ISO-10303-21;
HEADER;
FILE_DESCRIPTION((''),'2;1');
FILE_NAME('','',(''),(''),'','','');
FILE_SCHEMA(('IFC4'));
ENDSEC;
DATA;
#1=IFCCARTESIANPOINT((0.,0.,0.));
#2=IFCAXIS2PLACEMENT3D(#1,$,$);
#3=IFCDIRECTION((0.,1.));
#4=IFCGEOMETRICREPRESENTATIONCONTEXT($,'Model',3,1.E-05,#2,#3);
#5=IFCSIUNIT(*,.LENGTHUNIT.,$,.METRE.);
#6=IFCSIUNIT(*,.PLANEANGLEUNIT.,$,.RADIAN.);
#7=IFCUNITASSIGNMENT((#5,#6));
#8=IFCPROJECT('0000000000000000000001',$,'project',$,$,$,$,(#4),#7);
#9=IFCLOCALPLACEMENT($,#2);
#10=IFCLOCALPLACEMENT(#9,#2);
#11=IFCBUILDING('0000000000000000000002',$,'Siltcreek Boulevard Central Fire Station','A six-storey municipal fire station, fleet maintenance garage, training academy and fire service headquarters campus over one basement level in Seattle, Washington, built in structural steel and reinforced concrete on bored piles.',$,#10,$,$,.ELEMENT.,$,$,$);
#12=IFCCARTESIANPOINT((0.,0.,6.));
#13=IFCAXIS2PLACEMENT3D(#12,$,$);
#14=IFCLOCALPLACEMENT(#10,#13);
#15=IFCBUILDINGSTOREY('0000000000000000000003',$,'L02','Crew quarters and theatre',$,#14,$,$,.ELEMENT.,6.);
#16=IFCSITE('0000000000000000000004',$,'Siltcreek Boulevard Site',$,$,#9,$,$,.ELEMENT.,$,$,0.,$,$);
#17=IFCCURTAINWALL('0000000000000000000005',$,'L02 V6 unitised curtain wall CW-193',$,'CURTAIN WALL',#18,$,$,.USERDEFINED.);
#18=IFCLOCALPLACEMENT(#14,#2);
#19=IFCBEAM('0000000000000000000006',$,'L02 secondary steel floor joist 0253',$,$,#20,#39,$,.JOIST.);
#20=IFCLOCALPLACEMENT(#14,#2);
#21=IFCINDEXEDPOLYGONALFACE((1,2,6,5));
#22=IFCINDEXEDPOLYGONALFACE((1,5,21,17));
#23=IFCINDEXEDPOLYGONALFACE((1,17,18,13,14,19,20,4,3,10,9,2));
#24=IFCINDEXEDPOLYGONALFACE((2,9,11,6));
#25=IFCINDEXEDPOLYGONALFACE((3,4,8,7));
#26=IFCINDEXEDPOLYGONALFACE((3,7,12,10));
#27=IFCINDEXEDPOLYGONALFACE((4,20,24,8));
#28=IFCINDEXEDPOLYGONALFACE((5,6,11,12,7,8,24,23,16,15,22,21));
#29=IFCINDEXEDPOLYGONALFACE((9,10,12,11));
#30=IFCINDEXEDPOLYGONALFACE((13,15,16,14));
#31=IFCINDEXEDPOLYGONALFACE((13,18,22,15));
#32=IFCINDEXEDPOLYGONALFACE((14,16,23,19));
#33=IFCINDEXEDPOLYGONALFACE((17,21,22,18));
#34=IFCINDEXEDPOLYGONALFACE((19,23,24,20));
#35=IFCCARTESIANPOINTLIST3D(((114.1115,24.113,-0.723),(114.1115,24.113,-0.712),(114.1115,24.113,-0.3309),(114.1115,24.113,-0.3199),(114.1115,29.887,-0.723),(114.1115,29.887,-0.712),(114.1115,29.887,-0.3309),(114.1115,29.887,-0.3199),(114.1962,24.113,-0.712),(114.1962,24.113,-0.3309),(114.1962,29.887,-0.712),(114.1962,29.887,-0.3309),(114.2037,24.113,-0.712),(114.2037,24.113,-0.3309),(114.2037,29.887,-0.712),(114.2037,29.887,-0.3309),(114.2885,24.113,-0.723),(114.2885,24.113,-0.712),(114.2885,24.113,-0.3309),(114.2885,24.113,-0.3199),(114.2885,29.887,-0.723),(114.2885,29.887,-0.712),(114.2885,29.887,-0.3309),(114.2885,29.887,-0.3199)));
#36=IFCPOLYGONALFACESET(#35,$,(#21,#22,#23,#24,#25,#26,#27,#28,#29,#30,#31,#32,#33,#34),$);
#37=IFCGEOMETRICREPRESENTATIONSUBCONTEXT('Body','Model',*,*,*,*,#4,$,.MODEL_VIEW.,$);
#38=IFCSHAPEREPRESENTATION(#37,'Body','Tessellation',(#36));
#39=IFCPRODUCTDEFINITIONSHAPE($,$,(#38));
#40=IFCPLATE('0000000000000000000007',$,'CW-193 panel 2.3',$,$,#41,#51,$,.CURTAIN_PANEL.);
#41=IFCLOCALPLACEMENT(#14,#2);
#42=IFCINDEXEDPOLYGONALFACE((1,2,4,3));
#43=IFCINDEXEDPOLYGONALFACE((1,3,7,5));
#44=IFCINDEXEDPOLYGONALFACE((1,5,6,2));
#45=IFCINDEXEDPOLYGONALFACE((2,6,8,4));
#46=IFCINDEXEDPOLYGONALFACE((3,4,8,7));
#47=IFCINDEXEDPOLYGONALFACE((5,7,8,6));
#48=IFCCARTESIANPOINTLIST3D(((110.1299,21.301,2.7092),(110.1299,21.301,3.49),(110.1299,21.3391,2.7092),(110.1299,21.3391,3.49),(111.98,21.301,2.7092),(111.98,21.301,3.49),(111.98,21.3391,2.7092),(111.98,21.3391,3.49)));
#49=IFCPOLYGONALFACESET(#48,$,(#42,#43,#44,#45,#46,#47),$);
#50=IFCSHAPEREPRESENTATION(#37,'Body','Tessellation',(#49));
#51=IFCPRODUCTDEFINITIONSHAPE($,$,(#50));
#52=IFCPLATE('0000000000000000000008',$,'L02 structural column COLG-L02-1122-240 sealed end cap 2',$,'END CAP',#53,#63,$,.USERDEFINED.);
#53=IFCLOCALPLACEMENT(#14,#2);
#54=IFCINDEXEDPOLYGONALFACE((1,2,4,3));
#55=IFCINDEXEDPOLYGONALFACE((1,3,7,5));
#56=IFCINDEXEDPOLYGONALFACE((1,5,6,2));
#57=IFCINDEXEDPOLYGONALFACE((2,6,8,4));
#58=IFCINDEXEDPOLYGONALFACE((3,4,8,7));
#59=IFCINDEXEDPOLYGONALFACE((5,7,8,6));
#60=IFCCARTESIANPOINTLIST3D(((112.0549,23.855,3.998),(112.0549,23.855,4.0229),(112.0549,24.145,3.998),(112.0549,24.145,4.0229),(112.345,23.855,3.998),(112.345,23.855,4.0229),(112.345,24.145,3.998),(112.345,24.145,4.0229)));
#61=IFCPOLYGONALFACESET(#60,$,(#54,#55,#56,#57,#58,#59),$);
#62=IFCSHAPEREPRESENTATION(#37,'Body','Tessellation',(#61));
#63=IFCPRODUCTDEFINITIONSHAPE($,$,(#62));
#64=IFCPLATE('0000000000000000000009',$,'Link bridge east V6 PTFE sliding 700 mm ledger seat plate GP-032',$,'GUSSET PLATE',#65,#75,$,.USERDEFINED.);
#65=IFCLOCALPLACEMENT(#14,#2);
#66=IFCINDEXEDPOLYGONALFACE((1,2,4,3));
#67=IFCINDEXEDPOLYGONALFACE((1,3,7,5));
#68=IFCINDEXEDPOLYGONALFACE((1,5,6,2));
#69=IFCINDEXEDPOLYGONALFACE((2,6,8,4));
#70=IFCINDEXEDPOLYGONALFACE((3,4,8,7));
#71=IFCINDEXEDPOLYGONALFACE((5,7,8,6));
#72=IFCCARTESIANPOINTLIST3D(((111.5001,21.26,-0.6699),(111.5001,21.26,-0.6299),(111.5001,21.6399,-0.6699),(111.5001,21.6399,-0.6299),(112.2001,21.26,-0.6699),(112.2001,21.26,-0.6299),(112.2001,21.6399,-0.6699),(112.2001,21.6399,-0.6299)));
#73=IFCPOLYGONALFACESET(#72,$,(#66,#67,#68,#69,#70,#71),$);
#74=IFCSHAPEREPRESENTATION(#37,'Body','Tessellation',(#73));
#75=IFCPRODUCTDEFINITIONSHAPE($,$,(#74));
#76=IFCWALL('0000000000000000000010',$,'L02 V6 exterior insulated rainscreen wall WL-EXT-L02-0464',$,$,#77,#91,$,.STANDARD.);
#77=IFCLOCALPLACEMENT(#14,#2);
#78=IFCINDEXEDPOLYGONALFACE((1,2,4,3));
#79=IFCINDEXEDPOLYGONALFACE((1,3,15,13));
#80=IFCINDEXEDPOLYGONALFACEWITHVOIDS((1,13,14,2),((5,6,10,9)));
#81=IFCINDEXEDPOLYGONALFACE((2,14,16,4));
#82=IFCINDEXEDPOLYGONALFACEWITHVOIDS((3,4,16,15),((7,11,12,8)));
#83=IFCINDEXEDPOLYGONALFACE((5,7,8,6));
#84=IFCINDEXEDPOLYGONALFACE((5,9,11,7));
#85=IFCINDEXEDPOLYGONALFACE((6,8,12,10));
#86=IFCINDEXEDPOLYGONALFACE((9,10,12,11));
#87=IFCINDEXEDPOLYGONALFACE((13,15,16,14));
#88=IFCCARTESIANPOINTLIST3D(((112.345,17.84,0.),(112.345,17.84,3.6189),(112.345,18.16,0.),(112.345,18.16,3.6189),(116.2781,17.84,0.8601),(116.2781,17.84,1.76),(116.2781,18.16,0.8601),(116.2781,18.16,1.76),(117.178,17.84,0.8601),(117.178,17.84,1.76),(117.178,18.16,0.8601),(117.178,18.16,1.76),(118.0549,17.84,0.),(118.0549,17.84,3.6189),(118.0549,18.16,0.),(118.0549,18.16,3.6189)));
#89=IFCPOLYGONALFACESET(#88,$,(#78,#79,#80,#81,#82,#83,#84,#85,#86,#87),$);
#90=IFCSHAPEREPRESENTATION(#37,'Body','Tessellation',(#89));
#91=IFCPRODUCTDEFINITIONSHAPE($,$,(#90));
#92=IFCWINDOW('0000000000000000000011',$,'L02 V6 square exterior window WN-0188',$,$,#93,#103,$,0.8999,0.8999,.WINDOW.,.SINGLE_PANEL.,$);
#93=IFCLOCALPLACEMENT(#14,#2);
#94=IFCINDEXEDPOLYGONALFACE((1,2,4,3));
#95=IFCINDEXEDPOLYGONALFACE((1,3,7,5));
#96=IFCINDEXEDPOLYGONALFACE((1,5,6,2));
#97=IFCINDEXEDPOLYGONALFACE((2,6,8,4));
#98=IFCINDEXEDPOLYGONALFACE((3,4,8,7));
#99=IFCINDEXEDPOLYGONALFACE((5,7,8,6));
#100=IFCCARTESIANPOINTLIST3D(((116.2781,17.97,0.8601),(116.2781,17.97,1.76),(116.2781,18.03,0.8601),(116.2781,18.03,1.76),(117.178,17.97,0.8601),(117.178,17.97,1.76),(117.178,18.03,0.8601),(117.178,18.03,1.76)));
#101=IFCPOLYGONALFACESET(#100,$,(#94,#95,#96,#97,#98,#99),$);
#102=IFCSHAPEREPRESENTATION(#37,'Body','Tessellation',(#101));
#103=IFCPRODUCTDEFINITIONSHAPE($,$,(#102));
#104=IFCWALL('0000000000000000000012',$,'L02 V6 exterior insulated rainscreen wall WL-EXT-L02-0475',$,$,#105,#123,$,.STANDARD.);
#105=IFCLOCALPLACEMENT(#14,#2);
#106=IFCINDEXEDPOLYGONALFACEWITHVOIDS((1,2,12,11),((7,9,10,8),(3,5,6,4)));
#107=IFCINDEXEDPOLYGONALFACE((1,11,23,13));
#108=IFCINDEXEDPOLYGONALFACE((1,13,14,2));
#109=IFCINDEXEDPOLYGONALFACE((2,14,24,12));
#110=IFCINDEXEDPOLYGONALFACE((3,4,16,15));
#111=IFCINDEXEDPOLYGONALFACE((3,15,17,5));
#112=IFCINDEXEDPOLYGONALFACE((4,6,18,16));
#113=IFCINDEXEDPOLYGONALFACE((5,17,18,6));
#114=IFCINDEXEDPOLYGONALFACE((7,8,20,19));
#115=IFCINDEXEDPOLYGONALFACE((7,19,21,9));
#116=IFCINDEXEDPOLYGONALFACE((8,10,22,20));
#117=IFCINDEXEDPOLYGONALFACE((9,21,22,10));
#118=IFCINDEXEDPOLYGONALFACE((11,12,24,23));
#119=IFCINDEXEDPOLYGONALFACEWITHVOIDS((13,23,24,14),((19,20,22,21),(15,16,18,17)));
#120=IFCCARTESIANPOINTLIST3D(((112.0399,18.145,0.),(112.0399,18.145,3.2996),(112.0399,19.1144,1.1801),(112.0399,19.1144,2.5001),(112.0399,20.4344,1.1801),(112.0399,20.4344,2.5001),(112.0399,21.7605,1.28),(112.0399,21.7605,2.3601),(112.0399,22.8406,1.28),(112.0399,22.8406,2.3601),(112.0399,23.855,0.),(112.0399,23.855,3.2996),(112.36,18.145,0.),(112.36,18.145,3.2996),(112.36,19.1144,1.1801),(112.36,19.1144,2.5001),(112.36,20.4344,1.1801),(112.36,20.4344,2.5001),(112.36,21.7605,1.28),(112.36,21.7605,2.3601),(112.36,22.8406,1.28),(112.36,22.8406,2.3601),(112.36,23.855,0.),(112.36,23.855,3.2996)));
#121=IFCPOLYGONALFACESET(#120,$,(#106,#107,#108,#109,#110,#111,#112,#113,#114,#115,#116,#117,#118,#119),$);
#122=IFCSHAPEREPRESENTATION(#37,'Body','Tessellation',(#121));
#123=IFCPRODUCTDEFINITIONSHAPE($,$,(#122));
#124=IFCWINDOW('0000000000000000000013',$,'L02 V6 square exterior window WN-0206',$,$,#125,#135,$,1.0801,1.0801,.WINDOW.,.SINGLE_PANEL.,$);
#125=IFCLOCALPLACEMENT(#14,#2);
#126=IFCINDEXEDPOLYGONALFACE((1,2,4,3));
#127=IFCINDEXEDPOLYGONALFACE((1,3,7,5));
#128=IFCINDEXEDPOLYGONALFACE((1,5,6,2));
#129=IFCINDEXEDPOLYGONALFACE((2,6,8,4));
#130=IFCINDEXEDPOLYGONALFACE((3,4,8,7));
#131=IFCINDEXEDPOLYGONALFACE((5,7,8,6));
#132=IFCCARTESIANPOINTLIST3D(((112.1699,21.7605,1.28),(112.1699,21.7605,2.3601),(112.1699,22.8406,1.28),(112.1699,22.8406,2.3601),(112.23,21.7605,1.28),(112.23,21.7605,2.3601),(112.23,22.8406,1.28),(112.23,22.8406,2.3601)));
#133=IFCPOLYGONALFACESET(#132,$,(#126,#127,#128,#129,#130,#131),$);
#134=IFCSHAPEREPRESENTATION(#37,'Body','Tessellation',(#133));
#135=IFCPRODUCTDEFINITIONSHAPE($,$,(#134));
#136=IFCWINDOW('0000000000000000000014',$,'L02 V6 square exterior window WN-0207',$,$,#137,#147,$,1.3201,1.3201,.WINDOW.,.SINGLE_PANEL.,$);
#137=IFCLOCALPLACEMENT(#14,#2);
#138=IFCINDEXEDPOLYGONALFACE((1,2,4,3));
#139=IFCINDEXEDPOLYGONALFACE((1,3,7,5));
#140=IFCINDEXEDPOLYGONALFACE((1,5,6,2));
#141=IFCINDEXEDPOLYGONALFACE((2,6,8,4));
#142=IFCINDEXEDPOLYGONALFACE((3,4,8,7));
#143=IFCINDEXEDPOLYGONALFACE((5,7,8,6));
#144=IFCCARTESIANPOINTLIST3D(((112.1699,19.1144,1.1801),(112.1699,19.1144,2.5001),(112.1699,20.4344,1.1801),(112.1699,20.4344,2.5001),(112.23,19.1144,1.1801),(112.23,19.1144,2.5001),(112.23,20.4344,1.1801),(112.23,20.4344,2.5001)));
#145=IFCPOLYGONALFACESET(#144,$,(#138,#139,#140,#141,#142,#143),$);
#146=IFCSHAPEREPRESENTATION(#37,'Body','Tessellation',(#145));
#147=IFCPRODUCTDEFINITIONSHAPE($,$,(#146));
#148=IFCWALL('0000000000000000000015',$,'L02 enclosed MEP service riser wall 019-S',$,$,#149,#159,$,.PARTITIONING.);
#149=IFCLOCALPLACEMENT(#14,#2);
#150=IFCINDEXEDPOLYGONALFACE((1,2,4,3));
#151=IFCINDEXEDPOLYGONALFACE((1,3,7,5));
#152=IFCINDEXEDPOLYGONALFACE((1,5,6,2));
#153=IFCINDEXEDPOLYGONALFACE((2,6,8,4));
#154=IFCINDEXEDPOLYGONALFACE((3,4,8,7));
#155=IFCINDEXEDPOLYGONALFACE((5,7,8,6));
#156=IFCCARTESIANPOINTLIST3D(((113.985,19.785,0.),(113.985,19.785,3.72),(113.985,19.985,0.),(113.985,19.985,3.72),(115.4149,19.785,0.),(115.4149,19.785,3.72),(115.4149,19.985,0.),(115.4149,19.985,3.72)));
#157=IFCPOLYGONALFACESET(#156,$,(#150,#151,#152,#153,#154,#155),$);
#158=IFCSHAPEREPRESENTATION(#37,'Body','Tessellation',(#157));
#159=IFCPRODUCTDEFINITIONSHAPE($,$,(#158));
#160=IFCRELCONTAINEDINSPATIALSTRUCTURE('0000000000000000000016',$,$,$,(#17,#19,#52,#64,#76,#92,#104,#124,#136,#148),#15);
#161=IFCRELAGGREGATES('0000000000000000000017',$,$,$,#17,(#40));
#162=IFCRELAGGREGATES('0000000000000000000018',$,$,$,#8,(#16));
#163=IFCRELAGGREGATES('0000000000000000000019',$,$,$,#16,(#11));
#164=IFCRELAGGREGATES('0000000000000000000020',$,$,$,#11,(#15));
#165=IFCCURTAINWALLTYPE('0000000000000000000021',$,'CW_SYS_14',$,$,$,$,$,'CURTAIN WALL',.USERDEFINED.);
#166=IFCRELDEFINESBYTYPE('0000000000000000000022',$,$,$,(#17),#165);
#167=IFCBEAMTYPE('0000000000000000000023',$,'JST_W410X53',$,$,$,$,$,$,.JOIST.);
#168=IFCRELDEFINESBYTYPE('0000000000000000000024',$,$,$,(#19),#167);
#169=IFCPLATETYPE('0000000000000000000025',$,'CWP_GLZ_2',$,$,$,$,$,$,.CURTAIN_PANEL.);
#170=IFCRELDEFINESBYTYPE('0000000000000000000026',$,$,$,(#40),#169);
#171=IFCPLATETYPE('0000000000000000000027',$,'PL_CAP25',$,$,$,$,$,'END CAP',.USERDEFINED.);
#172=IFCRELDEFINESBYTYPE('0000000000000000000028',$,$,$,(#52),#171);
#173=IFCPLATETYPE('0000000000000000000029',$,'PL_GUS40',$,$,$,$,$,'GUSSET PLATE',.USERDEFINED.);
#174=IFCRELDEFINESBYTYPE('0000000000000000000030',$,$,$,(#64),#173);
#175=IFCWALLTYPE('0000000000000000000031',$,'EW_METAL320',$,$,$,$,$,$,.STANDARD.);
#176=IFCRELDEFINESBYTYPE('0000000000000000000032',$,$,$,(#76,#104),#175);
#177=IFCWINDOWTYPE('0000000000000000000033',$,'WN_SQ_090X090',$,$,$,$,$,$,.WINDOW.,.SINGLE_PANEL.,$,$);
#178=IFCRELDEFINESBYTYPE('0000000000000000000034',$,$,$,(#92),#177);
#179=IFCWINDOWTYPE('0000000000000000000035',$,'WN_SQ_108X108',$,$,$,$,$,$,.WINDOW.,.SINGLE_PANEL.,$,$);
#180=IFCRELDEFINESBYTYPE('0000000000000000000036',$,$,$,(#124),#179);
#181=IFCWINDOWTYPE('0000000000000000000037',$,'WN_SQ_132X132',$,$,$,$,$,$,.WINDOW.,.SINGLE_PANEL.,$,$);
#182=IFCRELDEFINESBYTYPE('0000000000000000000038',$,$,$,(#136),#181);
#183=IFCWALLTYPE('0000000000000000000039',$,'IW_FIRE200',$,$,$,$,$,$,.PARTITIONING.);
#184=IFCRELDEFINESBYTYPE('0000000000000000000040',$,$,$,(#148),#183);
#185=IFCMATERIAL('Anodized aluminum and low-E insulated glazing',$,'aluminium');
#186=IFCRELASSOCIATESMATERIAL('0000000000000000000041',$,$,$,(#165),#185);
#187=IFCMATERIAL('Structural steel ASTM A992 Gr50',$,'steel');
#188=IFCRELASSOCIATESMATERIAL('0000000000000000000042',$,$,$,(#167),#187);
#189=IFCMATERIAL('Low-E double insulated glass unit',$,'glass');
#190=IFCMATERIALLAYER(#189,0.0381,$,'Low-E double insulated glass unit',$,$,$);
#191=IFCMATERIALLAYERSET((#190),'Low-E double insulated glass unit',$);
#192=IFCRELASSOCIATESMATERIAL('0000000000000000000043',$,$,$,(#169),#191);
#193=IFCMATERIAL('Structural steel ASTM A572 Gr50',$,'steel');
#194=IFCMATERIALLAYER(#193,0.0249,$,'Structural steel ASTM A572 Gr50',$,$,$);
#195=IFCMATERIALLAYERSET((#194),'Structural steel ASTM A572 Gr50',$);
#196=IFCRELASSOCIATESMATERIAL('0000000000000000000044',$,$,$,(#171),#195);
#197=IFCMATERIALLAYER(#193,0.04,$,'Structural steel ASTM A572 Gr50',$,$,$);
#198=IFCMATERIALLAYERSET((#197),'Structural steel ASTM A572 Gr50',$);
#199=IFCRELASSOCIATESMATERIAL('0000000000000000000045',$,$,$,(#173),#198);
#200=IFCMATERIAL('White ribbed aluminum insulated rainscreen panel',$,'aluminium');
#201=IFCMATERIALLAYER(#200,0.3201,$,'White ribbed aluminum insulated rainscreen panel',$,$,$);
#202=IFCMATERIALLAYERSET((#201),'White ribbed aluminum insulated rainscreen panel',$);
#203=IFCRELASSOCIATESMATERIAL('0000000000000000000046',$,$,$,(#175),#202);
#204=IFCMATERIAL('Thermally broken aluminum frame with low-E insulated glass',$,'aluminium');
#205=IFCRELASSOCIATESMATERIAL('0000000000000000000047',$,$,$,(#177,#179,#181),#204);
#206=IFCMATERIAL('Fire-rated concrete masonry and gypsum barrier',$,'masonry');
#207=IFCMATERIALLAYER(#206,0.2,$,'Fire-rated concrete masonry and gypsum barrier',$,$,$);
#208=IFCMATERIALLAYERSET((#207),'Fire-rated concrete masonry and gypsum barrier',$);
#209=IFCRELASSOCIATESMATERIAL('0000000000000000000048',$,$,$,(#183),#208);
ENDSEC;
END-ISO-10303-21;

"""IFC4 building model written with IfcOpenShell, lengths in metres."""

from ifc_helpers import new_model, si_unit, direction, frame, frame_2d, origin, origin_2d, place, context, subcontext, project, spatial, rectangle, i_section, extrude, material, layer, layer_set, material_profile, profile_set, type_object, element, fill, aggregate, save


model = new_model("IFC4")

# Units and contexts
model_context = context("Model", 3, precision=1e-05, world=origin(), true_north=direction((0.0, 1.0)))
body_context = subcontext(model_context, "Body", "Model", "MODEL_VIEW")
ifc_project = project(units=[si_unit("LENGTHUNIT", "METRE"), si_unit("PLANEANGLEUNIT", "RADIAN")], contexts=[model_context])

# Site, building, storey
site_placement = place(None, origin())
site = spatial("IfcSite", under=ifc_project, at=site_placement, Name="Siltcreek Boulevard Site", CompositionType="ELEMENT", RefElevation=0.0)
building_placement = place(site_placement, origin())
building = spatial("IfcBuilding", under=site, at=building_placement, Name="Siltcreek Boulevard Central Fire Station", Description="A six-storey municipal fire station, fleet maintenance garage, training academy and fire service headquarters campus over one basement level in Seattle, Washington, built in structural steel and reinforced concrete on bored piles.", CompositionType="ELEMENT")
storey_placement = place(building_placement, frame((0.0, 0.0, 6.0)))
storey = spatial("IfcBuildingStorey", under=building, at=storey_placement, Name="L02", Description="Crew quarters and theatre", CompositionType="ELEMENT", Elevation=6.0)

# Shared definitions
ifc_material_1 = material(Name="Structural steel ASTM A992 Gr50", Category="steel")

# Curtain wall
ifc_material_2 = material(Name="Anodized aluminum and low-E insulated glazing", Category="aluminium")
curtain_wall_type = type_object("IfcCurtainWallType", Name="CW_SYS_14", ElementType="CURTAIN WALL", PredefinedType="USERDEFINED", material=ifc_material_2)
curtain_wall_placement = place(storey_placement, origin())
curtain_wall = element("IfcCurtainWall", 1, at=curtain_wall_placement, inside=storey, type_object=curtain_wall_type, Name="L02 V6 unitised curtain wall CW-193", ObjectType="CURTAIN WALL", PredefinedType="USERDEFINED")

# Beam
ifc_material_profile_1 = material_profile(ifc_material_1, i_section(OverallWidth=0.177, OverallDepth=0.4031, WebThickness=0.0076, FlangeThickness=0.011, at=origin_2d()), Name="W410X53")
ifc_profile_set_1 = profile_set([ifc_material_profile_1], Name="Structural steel ASTM A992 Gr50")
beam_type_1 = type_object("IfcBeamType", Name="JST_W410X53", PredefinedType="JOIST", material=ifc_profile_set_1)
beam_1_placement = place(storey_placement, frame((114.2, 24.113, -0.5215), z_axis=(0.0, 1.0, 0.0), x_axis=(-1.0, 0.0, 0.0)))
element("IfcBeam", 2, at=beam_1_placement, inside=storey, type_object=beam_type_1, Name="L02 secondary steel floor joist 0253", PredefinedType="JOIST", context=body_context, shape_type="SweptSolid", body=[
    extrude(i_section(OverallWidth=0.177, OverallDepth=0.4031, WebThickness=0.0076, FlangeThickness=0.011, at=origin_2d()), origin(), (0.0, 0.0, 1.0), 5.7739),
])

# Plate
ifc_material_3 = material(Name="Low-E double insulated glass unit", Category="glass")
ifc_layer_1 = layer(ifc_material_3, 0.0381, Name="Low-E double insulated glass unit")
ifc_layer_set_1 = layer_set([ifc_layer_1], Name="Low-E double insulated glass unit")
plate_type_1 = type_object("IfcPlateType", Name="CWP_GLZ_2", PredefinedType="CURTAIN_PANEL", material=ifc_layer_set_1)
plate_1_placement = place(storey_placement, frame((111.0549, 21.3201, 2.7092), z_axis=(0.0, 0.0, 1.0), x_axis=(1.0, 0.0, 0.0)))
plate_1 = element("IfcPlate", 3, at=plate_1_placement, type_object=plate_type_1, Name="CW-193 panel 2.3", PredefinedType="CURTAIN_PANEL", context=body_context, shape_type="SweptSolid", body=[
    extrude(rectangle(XDim=1.8501, YDim=0.0381, at=origin_2d()), origin(), (0.0, 0.0, 1.0), 0.7808),
])
aggregate(curtain_wall, [plate_1])

# Plates
ifc_material_4 = material(Name="Structural steel ASTM A572 Gr50", Category="steel")
ifc_layer_2 = layer(ifc_material_4, 0.0249, Name="Structural steel ASTM A572 Gr50")
ifc_layer_set_2 = layer_set([ifc_layer_2], Name="Structural steel ASTM A572 Gr50")
plate_type_2 = type_object("IfcPlateType", Name="PL_CAP25", ElementType="END CAP", PredefinedType="USERDEFINED", material=ifc_layer_set_2)
plate_2_placement = place(storey_placement, frame((112.2, 24.0, 3.998), z_axis=(0.0, 0.0, 1.0), x_axis=(1.0, 0.0, 0.0)))
element("IfcPlate", 4, at=plate_2_placement, inside=storey, type_object=plate_type_2, Name="L02 structural column COLG-L02-1122-240 sealed end cap 2", ObjectType="END CAP", PredefinedType="USERDEFINED", context=body_context, shape_type="SweptSolid", body=[
    extrude(rectangle(XDim=0.29, YDim=0.29, at=origin_2d()), origin(), (0.0, 0.0, 1.0), 0.0249),
])
ifc_layer_3 = layer(ifc_material_4, 0.04, Name="Structural steel ASTM A572 Gr50")
ifc_layer_set_3 = layer_set([ifc_layer_3], Name="Structural steel ASTM A572 Gr50")
plate_type_3 = type_object("IfcPlateType", Name="PL_GUS40", ElementType="GUSSET PLATE", PredefinedType="USERDEFINED", material=ifc_layer_set_3)
plate_3_placement = place(storey_placement, frame((111.8501, 21.45, -0.6699), z_axis=(0.0, 0.0, 1.0), x_axis=(1.0, 0.0, 0.0)))
element("IfcPlate", 5, at=plate_3_placement, inside=storey, type_object=plate_type_3, Name="Link bridge east V6 PTFE sliding 700 mm ledger seat plate GP-032", ObjectType="GUSSET PLATE", PredefinedType="USERDEFINED", context=body_context, shape_type="SweptSolid", body=[
    extrude(rectangle(XDim=0.7, YDim=0.3799, at=origin_2d()), origin(), (0.0, 0.0, 1.0), 0.04),
])

# Wall, opening, window
ifc_material_5 = material(Name="White ribbed aluminum insulated rainscreen panel", Category="aluminium")
ifc_layer_4 = layer(ifc_material_5, 0.3201, Name="White ribbed aluminum insulated rainscreen panel")
ifc_layer_set_4 = layer_set([ifc_layer_4], Name="White ribbed aluminum insulated rainscreen panel")
wall_type_1 = type_object("IfcWallType", Name="EW_METAL320", PredefinedType="STANDARD", material=ifc_layer_set_4)
wall_1_placement = place(storey_placement, frame((112.345, 18.0, 0.0), z_axis=(0.0, 0.0, 1.0), x_axis=(1.0, 0.0, 0.0)))
wall_1 = element("IfcWall", 6, at=wall_1_placement, inside=storey, type_object=wall_type_1, Name="L02 V6 exterior insulated rainscreen wall WL-EXT-L02-0464", PredefinedType="STANDARD", context=body_context, shape_type="SweptSolid", body=[
    extrude(rectangle(XDim=5.71, YDim=0.3201, at=frame_2d((2.855, 0.0))), origin(), (0.0, 0.0, 1.0), 3.6189),
])
opening_1_placement = place(wall_1_placement, frame((3.9331, 0.0, 0.8601)))
opening_1 = element("IfcOpeningElement", 7, at=opening_1_placement, cuts=wall_1, PredefinedType="OPENING", context=body_context, shape_type="SweptSolid", body=[
    extrude(rectangle(XDim=0.8999, YDim=0.8999, at=frame_2d((0.45, 0.45))), frame((0.0, 0.1699, 0.0), z_axis=(0.0, -1.0, 0.0), x_axis=(1.0, 0.0, 0.0)), (0.0, 0.0, 1.0), 0.3401),
])
ifc_material_6 = material(Name="Thermally broken aluminum frame with low-E insulated glass", Category="aluminium")
window_type_1 = type_object("IfcWindowType", Name="WN_SQ_090X090", PartitioningType="SINGLE_PANEL", PredefinedType="WINDOW", material=ifc_material_6)
window_1_placement = place(opening_1_placement, origin())
window_1 = element("IfcWindow", 8, at=window_1_placement, inside=storey, type_object=window_type_1, Name="L02 V6 square exterior window WN-0188", OverallHeight=0.8999, OverallWidth=0.8999, PartitioningType="SINGLE_PANEL", PredefinedType="WINDOW", context=body_context, shape_type="SweptSolid", body=[
    extrude(rectangle(XDim=0.8999, YDim=0.8999, at=frame_2d((0.45, 0.45))), frame((0.0, 0.03, 0.0), z_axis=(0.0, -1.0, 0.0), x_axis=(1.0, 0.0, 0.0)), (0.0, 0.0, 1.0), 0.0601),
])
fill(opening_1, window_1)

# Wall, openings, windows
wall_2_placement = place(storey_placement, frame((112.2, 23.855, 0.0), z_axis=(0.0, 0.0, 1.0), x_axis=(0.0, -1.0, 0.0)))
wall_2 = element("IfcWall", 9, at=wall_2_placement, inside=storey, type_object=wall_type_1, Name="L02 V6 exterior insulated rainscreen wall WL-EXT-L02-0475", PredefinedType="STANDARD", context=body_context, shape_type="SweptSolid", body=[
    extrude(rectangle(XDim=5.71, YDim=0.3201, at=frame_2d((2.855, 0.0))), origin(), (0.0, 0.0, 1.0), 3.2996),
])
opening_2_placement = place(wall_2_placement, frame((1.0144, 0.0, 1.28)))
opening_2 = element("IfcOpeningElement", 10, at=opening_2_placement, cuts=wall_2, PredefinedType="OPENING", context=body_context, shape_type="SweptSolid", body=[
    extrude(rectangle(XDim=1.0801, YDim=1.0801, at=frame_2d((0.54, 0.54))), frame((0.0, 0.1699, 0.0), z_axis=(0.0, -1.0, 0.0), x_axis=(1.0, 0.0, 0.0)), (0.0, 0.0, 1.0), 0.3401),
])
opening_3_placement = place(wall_2_placement, frame((3.4204, 0.0, 1.1799)))
opening_3 = element("IfcOpeningElement", 11, at=opening_3_placement, cuts=wall_2, PredefinedType="OPENING", context=body_context, shape_type="SweptSolid", body=[
    extrude(rectangle(XDim=1.3201, YDim=1.3201, at=frame_2d((0.6602, 0.6602))), frame((0.0, 0.1699, 0.0), z_axis=(0.0, -1.0, 0.0), x_axis=(1.0, 0.0, 0.0)), (0.0, 0.0, 1.0), 0.3401),
])
window_type_2 = type_object("IfcWindowType", Name="WN_SQ_108X108", PartitioningType="SINGLE_PANEL", PredefinedType="WINDOW", material=ifc_material_6)
window_2_placement = place(opening_2_placement, origin())
window_2 = element("IfcWindow", 12, at=window_2_placement, inside=storey, type_object=window_type_2, Name="L02 V6 square exterior window WN-0206", OverallHeight=1.0801, OverallWidth=1.0801, PartitioningType="SINGLE_PANEL", PredefinedType="WINDOW", context=body_context, shape_type="SweptSolid", body=[
    extrude(rectangle(XDim=1.0801, YDim=1.0801, at=frame_2d((0.54, 0.54))), frame((0.0, 0.03, 0.0), z_axis=(0.0, -1.0, 0.0), x_axis=(1.0, 0.0, 0.0)), (0.0, 0.0, 1.0), 0.0601),
])
fill(opening_2, window_2)
window_type_3 = type_object("IfcWindowType", Name="WN_SQ_132X132", PartitioningType="SINGLE_PANEL", PredefinedType="WINDOW", material=ifc_material_6)
window_3_placement = place(opening_3_placement, origin())
window_3 = element("IfcWindow", 13, at=window_3_placement, inside=storey, type_object=window_type_3, Name="L02 V6 square exterior window WN-0207", OverallHeight=1.3201, OverallWidth=1.3201, PartitioningType="SINGLE_PANEL", PredefinedType="WINDOW", context=body_context, shape_type="SweptSolid", body=[
    extrude(rectangle(XDim=1.3201, YDim=1.3201, at=frame_2d((0.6602, 0.6602))), frame((0.0, 0.03, 0.0), z_axis=(0.0, -1.0, 0.0), x_axis=(1.0, 0.0, 0.0)), (0.0, 0.0, 1.0), 0.0601),
])
fill(opening_3, window_3)

# Wall
ifc_material_7 = material(Name="Fire-rated concrete masonry and gypsum barrier", Category="masonry")
ifc_layer_5 = layer(ifc_material_7, 0.2, Name="Fire-rated concrete masonry and gypsum barrier")
ifc_layer_set_5 = layer_set([ifc_layer_5], Name="Fire-rated concrete masonry and gypsum barrier")
wall_type_2 = type_object("IfcWallType", Name="IW_FIRE200", PredefinedType="PARTITIONING", material=ifc_layer_set_5)
wall_3_placement = place(storey_placement, frame((113.9851, 19.885, 0.0), z_axis=(0.0, 0.0, 1.0), x_axis=(1.0, 0.0, 0.0)))
element("IfcWall", 14, at=wall_3_placement, inside=storey, type_object=wall_type_2, Name="L02 enclosed MEP service riser wall 019-S", PredefinedType="PARTITIONING", context=body_context, shape_type="SweptSolid", body=[
    extrude(rectangle(XDim=1.4299, YDim=0.2, at=frame_2d((0.7148, 0.0))), origin(), (0.0, 0.0, 1.0), 3.72),
])

save(model, "model.ifc")
